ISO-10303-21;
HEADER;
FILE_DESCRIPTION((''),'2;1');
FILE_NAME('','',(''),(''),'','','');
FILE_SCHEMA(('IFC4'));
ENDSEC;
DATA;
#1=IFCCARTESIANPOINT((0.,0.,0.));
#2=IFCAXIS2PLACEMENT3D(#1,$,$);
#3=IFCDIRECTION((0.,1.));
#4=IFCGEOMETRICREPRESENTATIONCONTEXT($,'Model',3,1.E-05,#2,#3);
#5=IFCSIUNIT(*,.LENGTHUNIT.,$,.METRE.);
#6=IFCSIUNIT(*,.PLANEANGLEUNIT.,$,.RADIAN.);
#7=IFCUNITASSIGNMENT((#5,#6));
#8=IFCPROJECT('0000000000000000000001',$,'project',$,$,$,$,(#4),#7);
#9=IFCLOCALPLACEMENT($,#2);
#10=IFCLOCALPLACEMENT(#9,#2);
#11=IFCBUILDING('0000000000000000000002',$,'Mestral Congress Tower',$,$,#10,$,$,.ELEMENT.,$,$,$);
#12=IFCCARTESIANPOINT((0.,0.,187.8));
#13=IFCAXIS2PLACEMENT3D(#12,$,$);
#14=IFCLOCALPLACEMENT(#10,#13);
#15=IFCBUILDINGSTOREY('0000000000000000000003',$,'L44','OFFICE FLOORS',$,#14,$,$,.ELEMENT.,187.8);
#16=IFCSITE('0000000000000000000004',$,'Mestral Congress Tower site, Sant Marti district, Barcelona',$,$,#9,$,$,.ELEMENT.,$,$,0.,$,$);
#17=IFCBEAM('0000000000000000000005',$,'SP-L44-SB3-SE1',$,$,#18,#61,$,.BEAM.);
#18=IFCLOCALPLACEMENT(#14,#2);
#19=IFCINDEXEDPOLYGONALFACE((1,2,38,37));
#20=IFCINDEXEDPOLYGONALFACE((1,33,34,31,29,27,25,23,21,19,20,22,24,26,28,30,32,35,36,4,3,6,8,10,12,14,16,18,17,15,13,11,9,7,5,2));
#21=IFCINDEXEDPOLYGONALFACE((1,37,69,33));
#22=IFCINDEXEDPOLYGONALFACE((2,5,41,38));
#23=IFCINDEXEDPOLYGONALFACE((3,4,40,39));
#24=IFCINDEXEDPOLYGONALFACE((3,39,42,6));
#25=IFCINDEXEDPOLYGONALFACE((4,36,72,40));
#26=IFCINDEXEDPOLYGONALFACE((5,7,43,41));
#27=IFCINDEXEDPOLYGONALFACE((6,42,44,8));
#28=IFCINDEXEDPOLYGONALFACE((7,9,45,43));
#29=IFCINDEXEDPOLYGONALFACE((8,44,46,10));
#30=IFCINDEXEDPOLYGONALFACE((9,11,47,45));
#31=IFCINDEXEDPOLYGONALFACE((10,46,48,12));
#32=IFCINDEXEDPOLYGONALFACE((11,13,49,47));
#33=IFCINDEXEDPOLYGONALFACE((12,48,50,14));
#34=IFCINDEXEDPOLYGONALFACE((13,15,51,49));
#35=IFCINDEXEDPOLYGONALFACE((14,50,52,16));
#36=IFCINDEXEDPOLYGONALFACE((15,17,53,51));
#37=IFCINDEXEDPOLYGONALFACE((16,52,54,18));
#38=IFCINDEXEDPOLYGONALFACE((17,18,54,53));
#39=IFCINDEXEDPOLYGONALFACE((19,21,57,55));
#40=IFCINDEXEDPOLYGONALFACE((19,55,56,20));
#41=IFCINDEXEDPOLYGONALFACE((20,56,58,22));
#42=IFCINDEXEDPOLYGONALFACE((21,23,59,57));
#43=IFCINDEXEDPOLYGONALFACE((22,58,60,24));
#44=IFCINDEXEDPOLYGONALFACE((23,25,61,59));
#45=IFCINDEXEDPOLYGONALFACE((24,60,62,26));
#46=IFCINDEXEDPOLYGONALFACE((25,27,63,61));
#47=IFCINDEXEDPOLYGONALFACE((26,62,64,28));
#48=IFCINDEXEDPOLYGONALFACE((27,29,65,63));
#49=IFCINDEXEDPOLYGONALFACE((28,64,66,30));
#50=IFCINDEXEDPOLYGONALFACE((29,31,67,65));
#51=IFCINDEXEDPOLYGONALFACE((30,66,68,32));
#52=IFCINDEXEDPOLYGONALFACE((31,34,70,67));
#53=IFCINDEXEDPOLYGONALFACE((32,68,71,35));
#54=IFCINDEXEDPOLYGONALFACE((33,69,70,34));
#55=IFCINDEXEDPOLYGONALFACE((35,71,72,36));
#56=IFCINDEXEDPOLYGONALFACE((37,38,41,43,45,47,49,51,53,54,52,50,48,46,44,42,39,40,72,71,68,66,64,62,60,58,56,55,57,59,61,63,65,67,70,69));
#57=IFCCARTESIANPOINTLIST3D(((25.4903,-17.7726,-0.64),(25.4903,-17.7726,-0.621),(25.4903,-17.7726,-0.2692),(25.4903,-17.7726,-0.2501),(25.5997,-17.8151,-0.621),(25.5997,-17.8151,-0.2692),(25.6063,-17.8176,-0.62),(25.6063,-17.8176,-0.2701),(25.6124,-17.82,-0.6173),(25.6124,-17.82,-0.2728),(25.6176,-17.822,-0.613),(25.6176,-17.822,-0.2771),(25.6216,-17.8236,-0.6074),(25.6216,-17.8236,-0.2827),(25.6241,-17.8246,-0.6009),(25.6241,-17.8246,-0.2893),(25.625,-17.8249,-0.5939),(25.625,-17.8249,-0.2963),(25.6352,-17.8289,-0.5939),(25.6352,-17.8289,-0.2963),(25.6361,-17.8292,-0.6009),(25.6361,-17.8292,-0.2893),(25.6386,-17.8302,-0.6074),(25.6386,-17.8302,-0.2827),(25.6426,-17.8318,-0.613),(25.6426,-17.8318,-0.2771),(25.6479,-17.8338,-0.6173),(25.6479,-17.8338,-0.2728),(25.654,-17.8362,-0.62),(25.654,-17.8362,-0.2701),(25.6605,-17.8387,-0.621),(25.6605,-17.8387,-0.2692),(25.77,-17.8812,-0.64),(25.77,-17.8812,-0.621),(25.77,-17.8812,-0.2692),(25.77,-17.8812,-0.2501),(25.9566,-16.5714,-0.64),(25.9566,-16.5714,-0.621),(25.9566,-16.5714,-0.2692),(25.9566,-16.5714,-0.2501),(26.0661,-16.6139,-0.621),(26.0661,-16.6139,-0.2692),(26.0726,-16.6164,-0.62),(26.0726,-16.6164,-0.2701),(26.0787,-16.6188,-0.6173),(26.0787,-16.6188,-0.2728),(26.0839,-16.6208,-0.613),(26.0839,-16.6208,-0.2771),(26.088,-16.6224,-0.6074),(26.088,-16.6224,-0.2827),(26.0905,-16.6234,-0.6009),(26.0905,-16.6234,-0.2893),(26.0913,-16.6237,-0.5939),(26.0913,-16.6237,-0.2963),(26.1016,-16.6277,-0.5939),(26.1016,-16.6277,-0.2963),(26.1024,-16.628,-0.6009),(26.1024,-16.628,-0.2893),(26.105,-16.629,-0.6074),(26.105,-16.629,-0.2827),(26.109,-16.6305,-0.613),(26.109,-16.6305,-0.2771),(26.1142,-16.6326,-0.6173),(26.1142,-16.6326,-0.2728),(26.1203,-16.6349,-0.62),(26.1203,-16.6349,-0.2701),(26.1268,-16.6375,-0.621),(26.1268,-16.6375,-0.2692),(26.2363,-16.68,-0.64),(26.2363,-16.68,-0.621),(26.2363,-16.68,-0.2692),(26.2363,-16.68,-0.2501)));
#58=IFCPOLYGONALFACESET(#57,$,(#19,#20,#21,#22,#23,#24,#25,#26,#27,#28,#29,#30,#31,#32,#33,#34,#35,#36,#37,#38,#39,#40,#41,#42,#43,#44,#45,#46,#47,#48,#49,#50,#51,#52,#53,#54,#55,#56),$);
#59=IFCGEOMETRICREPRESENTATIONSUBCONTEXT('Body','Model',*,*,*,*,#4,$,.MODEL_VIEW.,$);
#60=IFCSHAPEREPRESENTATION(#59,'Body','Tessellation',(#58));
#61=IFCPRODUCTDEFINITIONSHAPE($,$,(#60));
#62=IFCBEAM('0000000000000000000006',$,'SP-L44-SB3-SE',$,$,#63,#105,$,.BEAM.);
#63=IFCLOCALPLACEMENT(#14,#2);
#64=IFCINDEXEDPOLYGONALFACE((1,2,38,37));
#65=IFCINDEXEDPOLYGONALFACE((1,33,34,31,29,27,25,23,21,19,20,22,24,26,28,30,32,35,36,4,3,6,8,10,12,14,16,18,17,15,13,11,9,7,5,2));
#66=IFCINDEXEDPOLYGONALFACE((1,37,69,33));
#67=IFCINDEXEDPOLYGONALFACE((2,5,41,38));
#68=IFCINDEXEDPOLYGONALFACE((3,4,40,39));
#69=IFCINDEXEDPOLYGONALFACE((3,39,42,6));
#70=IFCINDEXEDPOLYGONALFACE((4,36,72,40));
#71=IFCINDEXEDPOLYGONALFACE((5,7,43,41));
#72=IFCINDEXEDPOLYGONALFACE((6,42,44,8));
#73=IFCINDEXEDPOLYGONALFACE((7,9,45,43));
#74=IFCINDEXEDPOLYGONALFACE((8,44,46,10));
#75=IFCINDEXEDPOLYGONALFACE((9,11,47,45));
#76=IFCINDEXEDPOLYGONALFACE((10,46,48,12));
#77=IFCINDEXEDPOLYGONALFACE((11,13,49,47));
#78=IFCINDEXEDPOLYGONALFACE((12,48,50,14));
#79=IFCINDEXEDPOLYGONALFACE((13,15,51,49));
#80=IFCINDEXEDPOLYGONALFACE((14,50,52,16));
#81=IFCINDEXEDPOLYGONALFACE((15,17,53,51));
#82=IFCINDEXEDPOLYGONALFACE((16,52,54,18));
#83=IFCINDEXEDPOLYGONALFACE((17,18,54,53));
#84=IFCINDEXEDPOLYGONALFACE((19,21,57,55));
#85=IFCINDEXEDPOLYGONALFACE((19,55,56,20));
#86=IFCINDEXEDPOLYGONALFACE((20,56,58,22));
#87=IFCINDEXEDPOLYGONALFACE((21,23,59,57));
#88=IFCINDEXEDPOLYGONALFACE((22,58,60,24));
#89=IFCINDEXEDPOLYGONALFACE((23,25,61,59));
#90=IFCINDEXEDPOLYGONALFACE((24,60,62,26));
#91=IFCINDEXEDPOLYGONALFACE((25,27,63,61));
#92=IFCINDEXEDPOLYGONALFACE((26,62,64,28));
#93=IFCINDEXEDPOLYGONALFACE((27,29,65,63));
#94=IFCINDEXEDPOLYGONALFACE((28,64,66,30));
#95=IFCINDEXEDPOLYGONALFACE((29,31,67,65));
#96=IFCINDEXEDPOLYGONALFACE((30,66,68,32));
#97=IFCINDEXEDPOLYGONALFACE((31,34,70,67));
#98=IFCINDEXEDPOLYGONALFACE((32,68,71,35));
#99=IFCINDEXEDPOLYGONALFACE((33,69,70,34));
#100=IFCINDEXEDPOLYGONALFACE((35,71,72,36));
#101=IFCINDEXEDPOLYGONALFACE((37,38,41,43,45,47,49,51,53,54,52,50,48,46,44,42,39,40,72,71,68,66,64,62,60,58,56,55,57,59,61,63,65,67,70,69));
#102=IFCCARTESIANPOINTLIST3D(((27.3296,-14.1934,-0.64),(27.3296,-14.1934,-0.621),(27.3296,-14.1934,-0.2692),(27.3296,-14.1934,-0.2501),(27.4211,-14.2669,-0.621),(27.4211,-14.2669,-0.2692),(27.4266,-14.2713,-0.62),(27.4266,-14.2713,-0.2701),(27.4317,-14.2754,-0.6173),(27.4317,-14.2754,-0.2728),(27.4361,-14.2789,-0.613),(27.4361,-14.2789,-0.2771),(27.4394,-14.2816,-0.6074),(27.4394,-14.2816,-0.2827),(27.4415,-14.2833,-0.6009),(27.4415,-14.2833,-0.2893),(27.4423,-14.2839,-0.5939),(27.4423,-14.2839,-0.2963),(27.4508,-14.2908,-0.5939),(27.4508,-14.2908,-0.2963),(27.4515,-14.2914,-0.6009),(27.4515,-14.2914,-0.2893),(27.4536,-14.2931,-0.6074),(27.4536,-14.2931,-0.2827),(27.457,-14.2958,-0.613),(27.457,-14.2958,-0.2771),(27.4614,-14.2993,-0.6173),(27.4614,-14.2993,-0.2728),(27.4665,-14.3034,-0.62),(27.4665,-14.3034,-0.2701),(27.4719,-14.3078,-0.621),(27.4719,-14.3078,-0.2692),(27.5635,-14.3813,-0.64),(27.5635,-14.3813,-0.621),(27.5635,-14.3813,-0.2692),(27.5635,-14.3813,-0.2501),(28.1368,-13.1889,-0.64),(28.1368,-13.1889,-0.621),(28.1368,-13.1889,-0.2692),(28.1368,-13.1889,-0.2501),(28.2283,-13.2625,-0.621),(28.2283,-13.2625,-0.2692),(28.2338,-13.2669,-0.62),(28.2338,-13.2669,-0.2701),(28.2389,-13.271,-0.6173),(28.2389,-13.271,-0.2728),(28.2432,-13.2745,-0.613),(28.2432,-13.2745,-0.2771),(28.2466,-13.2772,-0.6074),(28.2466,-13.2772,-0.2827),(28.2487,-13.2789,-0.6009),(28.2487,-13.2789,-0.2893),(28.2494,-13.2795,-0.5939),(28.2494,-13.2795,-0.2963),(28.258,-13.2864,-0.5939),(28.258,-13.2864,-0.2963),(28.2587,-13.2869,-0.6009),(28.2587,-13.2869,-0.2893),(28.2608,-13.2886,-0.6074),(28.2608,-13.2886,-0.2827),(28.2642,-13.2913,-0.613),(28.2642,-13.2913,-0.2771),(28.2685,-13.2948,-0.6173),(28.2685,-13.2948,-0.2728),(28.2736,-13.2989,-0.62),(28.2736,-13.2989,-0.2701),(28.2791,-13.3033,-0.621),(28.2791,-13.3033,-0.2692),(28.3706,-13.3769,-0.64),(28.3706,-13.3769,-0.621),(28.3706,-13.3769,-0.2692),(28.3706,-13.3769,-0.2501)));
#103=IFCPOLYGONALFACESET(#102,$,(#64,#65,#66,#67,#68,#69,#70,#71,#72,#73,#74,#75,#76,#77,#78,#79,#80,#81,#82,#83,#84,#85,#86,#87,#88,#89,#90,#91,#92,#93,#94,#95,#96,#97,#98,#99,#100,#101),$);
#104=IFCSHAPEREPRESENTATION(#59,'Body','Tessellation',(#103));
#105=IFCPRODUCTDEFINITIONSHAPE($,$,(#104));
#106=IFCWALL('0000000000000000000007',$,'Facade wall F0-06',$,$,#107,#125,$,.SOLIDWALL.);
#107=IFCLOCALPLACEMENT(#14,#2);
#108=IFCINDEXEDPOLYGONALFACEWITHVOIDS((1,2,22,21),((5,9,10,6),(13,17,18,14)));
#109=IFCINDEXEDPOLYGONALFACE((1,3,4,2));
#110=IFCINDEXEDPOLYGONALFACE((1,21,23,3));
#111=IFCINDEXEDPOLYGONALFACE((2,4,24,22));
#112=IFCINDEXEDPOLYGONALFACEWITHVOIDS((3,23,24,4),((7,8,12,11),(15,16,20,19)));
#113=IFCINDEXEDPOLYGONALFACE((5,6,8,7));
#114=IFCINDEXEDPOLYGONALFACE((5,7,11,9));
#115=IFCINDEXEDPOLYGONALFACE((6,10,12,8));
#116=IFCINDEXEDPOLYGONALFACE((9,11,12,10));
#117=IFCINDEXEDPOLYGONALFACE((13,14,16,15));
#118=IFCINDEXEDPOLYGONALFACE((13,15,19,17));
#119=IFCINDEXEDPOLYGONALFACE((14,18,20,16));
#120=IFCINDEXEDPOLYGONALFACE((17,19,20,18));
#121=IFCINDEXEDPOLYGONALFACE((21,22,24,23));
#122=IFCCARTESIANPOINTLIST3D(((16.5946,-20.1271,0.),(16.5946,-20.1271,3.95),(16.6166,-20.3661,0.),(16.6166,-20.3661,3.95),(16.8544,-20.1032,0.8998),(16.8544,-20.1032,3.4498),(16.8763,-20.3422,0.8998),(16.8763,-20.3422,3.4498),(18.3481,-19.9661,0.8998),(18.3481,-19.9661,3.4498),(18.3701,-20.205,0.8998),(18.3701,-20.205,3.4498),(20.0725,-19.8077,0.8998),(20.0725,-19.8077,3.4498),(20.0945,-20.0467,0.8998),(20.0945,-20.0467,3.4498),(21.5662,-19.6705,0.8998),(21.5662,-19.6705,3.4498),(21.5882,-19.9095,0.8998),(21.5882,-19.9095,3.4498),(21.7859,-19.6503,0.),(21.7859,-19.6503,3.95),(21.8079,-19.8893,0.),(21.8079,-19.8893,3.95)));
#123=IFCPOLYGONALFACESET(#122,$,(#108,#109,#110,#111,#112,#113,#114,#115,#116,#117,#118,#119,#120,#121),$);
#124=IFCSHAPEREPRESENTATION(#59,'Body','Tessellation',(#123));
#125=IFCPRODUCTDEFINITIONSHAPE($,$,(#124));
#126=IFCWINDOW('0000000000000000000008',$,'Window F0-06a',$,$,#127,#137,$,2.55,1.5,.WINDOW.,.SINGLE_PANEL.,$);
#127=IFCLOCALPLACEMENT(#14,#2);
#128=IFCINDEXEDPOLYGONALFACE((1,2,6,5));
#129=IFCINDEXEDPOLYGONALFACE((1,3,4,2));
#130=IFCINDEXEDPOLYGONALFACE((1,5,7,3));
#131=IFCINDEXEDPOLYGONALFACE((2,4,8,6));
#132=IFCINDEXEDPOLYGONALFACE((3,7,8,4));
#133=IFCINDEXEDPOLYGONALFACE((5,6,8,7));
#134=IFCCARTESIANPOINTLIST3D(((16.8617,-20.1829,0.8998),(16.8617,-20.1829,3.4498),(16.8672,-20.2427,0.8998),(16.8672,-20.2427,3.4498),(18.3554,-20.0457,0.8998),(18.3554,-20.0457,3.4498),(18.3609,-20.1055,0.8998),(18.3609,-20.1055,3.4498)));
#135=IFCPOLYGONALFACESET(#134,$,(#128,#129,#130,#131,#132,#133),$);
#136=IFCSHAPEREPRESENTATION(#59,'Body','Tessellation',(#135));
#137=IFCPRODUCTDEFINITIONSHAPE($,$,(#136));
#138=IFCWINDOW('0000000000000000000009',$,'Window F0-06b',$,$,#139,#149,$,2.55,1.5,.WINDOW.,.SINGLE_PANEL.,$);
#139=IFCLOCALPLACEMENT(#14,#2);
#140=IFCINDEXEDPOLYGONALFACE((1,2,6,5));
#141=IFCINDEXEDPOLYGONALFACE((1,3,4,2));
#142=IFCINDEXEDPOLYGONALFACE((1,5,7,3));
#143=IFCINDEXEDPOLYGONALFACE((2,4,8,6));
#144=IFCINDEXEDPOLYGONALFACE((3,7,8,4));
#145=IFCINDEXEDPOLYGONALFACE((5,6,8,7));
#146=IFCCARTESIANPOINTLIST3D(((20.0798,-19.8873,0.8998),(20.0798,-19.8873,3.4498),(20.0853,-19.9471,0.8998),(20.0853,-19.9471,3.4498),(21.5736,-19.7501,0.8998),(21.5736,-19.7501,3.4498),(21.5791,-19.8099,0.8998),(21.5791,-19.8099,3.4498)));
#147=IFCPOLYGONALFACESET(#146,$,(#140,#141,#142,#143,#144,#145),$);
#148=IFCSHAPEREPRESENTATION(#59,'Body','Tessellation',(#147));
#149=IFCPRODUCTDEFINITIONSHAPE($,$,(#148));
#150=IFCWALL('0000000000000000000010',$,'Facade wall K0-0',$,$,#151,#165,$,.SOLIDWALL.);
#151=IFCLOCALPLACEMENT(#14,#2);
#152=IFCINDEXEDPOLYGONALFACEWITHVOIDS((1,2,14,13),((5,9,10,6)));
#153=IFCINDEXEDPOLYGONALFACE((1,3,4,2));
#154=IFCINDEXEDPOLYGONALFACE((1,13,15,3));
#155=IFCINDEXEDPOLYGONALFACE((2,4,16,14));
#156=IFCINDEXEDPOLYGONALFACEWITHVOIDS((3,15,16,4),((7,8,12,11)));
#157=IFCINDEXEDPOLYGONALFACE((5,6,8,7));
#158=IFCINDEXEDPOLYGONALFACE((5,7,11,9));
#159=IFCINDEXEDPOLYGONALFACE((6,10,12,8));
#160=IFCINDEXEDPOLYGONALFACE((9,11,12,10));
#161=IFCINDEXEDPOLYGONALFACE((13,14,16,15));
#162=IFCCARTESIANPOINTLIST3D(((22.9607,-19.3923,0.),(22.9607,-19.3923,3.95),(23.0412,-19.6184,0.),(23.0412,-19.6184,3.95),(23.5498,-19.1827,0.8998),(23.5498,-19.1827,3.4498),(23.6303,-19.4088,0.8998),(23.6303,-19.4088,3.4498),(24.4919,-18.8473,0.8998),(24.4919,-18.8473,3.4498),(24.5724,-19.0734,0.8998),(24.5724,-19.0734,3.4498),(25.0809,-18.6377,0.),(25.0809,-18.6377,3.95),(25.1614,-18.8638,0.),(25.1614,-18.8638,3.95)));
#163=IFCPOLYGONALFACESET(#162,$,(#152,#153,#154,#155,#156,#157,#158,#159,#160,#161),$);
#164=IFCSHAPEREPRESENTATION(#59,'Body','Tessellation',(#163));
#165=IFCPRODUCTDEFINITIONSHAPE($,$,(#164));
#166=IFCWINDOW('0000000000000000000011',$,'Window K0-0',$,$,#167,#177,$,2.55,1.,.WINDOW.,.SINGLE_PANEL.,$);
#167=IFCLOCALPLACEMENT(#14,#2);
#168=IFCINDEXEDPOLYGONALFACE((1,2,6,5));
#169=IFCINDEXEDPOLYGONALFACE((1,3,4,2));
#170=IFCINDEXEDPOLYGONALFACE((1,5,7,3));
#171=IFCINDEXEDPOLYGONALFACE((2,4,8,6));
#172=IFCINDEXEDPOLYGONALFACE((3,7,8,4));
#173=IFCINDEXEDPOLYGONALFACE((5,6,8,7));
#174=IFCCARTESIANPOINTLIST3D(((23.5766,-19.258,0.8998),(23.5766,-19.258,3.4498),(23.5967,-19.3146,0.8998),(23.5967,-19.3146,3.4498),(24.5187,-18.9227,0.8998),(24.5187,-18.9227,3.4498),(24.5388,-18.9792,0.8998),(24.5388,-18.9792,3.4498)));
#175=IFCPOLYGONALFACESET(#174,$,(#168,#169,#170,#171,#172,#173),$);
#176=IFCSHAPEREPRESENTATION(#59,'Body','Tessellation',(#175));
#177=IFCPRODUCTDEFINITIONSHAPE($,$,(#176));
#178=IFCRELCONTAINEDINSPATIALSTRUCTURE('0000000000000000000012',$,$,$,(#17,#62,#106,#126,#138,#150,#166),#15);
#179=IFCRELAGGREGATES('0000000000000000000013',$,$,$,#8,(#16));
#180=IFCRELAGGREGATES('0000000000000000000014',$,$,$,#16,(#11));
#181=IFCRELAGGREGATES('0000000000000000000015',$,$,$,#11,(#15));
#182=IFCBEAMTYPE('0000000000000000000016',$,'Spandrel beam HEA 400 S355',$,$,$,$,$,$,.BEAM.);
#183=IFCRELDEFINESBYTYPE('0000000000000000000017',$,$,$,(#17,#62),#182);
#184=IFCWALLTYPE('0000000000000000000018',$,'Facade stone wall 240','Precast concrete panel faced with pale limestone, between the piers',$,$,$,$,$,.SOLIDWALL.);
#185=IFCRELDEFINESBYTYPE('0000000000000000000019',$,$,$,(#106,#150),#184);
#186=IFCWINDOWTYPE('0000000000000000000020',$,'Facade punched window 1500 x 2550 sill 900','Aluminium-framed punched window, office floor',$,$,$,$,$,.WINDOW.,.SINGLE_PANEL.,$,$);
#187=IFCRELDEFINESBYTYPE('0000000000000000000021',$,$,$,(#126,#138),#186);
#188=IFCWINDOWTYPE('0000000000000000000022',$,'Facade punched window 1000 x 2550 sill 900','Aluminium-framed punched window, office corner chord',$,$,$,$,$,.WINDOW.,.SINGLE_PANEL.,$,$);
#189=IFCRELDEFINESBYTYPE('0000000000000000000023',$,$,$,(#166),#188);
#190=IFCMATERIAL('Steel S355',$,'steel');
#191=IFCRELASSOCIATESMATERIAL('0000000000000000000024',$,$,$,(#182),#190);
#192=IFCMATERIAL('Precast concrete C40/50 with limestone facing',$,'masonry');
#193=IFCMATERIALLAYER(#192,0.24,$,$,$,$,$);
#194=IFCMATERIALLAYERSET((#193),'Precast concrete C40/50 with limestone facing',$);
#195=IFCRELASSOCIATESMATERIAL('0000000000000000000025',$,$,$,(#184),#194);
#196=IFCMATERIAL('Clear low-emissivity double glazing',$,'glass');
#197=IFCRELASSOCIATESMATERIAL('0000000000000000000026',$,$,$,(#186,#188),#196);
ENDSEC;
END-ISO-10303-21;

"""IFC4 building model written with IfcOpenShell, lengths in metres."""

from ifc_helpers import new_model, si_unit, direction, frame, frame_2d, origin, origin_2d, place, context, subcontext, project, spatial, rectangle, i_section, extrude, material, layer, layer_set, material_profile, profile_set, type_object, element, fill, save


model = new_model("IFC4")

# Units and contexts
model_context = context("Model", 3, precision=1e-05, world=origin(), true_north=direction((0.0, 1.0)))
body_context = subcontext(model_context, "Body", "Model", "MODEL_VIEW")
ifc_project = project(units=[si_unit("LENGTHUNIT", "METRE"), si_unit("PLANEANGLEUNIT", "RADIAN")], contexts=[model_context])

# Site, building, storey
site_placement = place(None, origin())
site = spatial("IfcSite", under=ifc_project, at=site_placement, Name="Mestral Congress Tower site, Sant Marti district, Barcelona", CompositionType="ELEMENT", RefElevation=0.0)
building_placement = place(site_placement, origin())
building = spatial("IfcBuilding", under=site, at=building_placement, Name="Mestral Congress Tower", CompositionType="ELEMENT")
storey_placement = place(building_placement, frame((0.0, 0.0, 187.8)))
storey = spatial("IfcBuildingStorey", under=building, at=storey_placement, Name="L44", Description="OFFICE FLOORS", CompositionType="ELEMENT", Elevation=187.8)

# Beams
ifc_material_1 = material(Name="Steel S355", Category="steel")
ifc_material_profile_1 = material_profile(ifc_material_1, i_section(OverallWidth=0.3, OverallDepth=0.3899, WebThickness=0.011, FlangeThickness=0.019, FilletRadius=0.0271, at=origin_2d()), Name="HEA 400")
ifc_profile_set_1 = profile_set([ifc_material_profile_1], Name="Steel S355")
beam_type_1 = type_object("IfcBeamType", Name="Spandrel beam HEA 400 S355", PredefinedType="BEAM", material=ifc_profile_set_1)
for number, where, z_axis, x_axis, name in (
    (1, (25.6301, -17.8269, -0.4451), (0.361898, 0.932218, 0.0), (-0.932218, 0.361898, 0.0), "SP-L44-SB3-SE1"),
    (2, (27.4465, -14.2874, -0.4451), (0.626403, 0.779499, 0.0), (-0.779499, 0.626403, 0.0), "SP-L44-SB3-SE"),
):
    element("IfcBeam", number, at=place(storey_placement, frame(where, z_axis=z_axis, x_axis=x_axis)), inside=storey, type_object=beam_type_1, Name=name, PredefinedType="BEAM", context=body_context, shape_type="SweptSolid", body=[
        extrude(i_section(OverallWidth=0.3, OverallDepth=0.3899, WebThickness=0.011, FlangeThickness=0.019, FilletRadius=0.0271, at=origin_2d()), origin(), (0.0, 0.0, 1.0), 1.2886),
    ])

# Wall, openings, windows
ifc_material_2 = material(Name="Precast concrete C40/50 with limestone facing", Category="masonry")
ifc_layer = layer(ifc_material_2, 0.24)
ifc_layer_set = layer_set([ifc_layer], Name="Precast concrete C40/50 with limestone facing")
wall_type = type_object("IfcWallType", Name="Facade stone wall 240", Description="Precast concrete panel faced with pale limestone, between the piers", PredefinedType="SOLIDWALL", material=ifc_layer_set)
wall_1_placement = place(storey_placement, frame((16.6057, -20.2466, 0.0), z_axis=(0.0, 0.0, 1.0), x_axis=(0.995809, 0.09146, 0.0)))
wall_1 = element("IfcWall", 3, at=wall_1_placement, inside=storey, type_object=wall_type, Name="Facade wall F0-06", PredefinedType="SOLIDWALL", context=body_context, shape_type="SweptSolid", body=[
    extrude(rectangle(XDim=5.2131, YDim=0.24, at=frame_2d((2.6064, 0.0))), origin(), (0.0, 0.0, 1.0), 3.95),
])
opening_1_placement = place(wall_1_placement, frame((0.2607, 0.0, 0.8999)))
opening_1 = element("IfcOpeningElement", 4, at=opening_1_placement, cuts=wall_1, PredefinedType="OPENING", context=body_context, shape_type="SweptSolid", body=[
    extrude(rectangle(XDim=1.5, YDim=2.55, at=frame_2d((0.75, 1.2749))), frame((0.0, 0.1299, 0.0), z_axis=(0.0, -1.0, 0.0), x_axis=(1.0, 0.0, 0.0)), (0.0, 0.0, 1.0), 0.26),
])
opening_2_placement = place(wall_1_placement, frame((3.4924, 0.0, 0.8999)))
opening_2 = element("IfcOpeningElement", 5, at=opening_2_placement, cuts=wall_1, PredefinedType="OPENING", context=body_context, shape_type="SweptSolid", body=[
    extrude(rectangle(XDim=1.5, YDim=2.55, at=frame_2d((0.75, 1.2749))), frame((0.0, 0.1299, 0.0), z_axis=(0.0, -1.0, 0.0), x_axis=(1.0, 0.0, 0.0)), (0.0, 0.0, 1.0), 0.26),
])
ifc_material_3 = material(Name="Clear low-emissivity double glazing", Category="glass")
window_type_1 = type_object("IfcWindowType", Name="Facade punched window 1500 x 2550 sill 900", Description="Aluminium-framed punched window, office floor", PartitioningType="SINGLE_PANEL", PredefinedType="WINDOW", material=ifc_material_3)
window_1_placement = place(opening_1_placement, origin())
window_1 = element("IfcWindow", 6, at=window_1_placement, inside=storey, type_object=window_type_1, Name="Window F0-06a", OverallHeight=2.55, OverallWidth=1.5, PartitioningType="SINGLE_PANEL", PredefinedType="WINDOW", context=body_context, shape_type="SweptSolid", body=[
    extrude(rectangle(XDim=1.5, YDim=2.55, at=frame_2d((0.75, 1.2749))), frame((0.0, 0.04, 0.0), z_axis=(0.0, -1.0, 0.0), x_axis=(1.0, 0.0, 0.0)), (0.0, 0.0, 1.0), 0.0601),
])
fill(opening_1, window_1)
window_2_placement = place(opening_2_placement, origin())
window_2 = element("IfcWindow", 7, at=window_2_placement, inside=storey, type_object=window_type_1, Name="Window F0-06b", OverallHeight=2.55, OverallWidth=1.5, PartitioningType="SINGLE_PANEL", PredefinedType="WINDOW", context=body_context, shape_type="SweptSolid", body=[
    extrude(rectangle(XDim=1.5, YDim=2.55, at=frame_2d((0.75, 1.2749))), frame((0.0, 0.04, 0.0), z_axis=(0.0, -1.0, 0.0), x_axis=(1.0, 0.0, 0.0)), (0.0, 0.0, 1.0), 0.0601),
])
fill(opening_2, window_2)

# Wall, opening, window
wall_2_placement = place(storey_placement, frame((23.001, -19.5054, 0.0), z_axis=(0.0, 0.0, 1.0), x_axis=(0.9421, 0.335333, 0.0)))
wall_2 = element("IfcWall", 8, at=wall_2_placement, inside=storey, type_object=wall_type, Name="Facade wall K0-0", PredefinedType="SOLIDWALL", context=body_context, shape_type="SweptSolid", body=[
    extrude(rectangle(XDim=2.2505, YDim=0.24, at=frame_2d((1.1252, 0.0))), origin(), (0.0, 0.0, 1.0), 3.95),
])
opening_3_placement = place(wall_2_placement, frame((0.6252, 0.0, 0.8999)))
opening_3 = element("IfcOpeningElement", 9, at=opening_3_placement, cuts=wall_2, PredefinedType="OPENING", context=body_context, shape_type="SweptSolid", body=[
    extrude(rectangle(XDim=1.0, YDim=2.55, at=frame_2d((0.5, 1.2749))), frame((0.0, 0.1299, 0.0), z_axis=(0.0, -1.0, 0.0), x_axis=(1.0, 0.0, 0.0)), (0.0, 0.0, 1.0), 0.26),
])
window_type_2 = type_object("IfcWindowType", Name="Facade punched window 1000 x 2550 sill 900", Description="Aluminium-framed punched window, office corner chord", PartitioningType="SINGLE_PANEL", PredefinedType="WINDOW", material=ifc_material_3)
window_3_placement = place(opening_3_placement, origin())
window_3 = element("IfcWindow", 10, at=window_3_placement, inside=storey, type_object=window_type_2, Name="Window K0-0", OverallHeight=2.55, OverallWidth=1.0, PartitioningType="SINGLE_PANEL", PredefinedType="WINDOW", context=body_context, shape_type="SweptSolid", body=[
    extrude(rectangle(XDim=1.0, YDim=2.55, at=frame_2d((0.5, 1.2749))), frame((0.0, 0.04, 0.0), z_axis=(0.0, -1.0, 0.0), x_axis=(1.0, 0.0, 0.0)), (0.0, 0.0, 1.0), 0.0601),
])
fill(opening_3, window_3)

save(model, "model.ifc")
